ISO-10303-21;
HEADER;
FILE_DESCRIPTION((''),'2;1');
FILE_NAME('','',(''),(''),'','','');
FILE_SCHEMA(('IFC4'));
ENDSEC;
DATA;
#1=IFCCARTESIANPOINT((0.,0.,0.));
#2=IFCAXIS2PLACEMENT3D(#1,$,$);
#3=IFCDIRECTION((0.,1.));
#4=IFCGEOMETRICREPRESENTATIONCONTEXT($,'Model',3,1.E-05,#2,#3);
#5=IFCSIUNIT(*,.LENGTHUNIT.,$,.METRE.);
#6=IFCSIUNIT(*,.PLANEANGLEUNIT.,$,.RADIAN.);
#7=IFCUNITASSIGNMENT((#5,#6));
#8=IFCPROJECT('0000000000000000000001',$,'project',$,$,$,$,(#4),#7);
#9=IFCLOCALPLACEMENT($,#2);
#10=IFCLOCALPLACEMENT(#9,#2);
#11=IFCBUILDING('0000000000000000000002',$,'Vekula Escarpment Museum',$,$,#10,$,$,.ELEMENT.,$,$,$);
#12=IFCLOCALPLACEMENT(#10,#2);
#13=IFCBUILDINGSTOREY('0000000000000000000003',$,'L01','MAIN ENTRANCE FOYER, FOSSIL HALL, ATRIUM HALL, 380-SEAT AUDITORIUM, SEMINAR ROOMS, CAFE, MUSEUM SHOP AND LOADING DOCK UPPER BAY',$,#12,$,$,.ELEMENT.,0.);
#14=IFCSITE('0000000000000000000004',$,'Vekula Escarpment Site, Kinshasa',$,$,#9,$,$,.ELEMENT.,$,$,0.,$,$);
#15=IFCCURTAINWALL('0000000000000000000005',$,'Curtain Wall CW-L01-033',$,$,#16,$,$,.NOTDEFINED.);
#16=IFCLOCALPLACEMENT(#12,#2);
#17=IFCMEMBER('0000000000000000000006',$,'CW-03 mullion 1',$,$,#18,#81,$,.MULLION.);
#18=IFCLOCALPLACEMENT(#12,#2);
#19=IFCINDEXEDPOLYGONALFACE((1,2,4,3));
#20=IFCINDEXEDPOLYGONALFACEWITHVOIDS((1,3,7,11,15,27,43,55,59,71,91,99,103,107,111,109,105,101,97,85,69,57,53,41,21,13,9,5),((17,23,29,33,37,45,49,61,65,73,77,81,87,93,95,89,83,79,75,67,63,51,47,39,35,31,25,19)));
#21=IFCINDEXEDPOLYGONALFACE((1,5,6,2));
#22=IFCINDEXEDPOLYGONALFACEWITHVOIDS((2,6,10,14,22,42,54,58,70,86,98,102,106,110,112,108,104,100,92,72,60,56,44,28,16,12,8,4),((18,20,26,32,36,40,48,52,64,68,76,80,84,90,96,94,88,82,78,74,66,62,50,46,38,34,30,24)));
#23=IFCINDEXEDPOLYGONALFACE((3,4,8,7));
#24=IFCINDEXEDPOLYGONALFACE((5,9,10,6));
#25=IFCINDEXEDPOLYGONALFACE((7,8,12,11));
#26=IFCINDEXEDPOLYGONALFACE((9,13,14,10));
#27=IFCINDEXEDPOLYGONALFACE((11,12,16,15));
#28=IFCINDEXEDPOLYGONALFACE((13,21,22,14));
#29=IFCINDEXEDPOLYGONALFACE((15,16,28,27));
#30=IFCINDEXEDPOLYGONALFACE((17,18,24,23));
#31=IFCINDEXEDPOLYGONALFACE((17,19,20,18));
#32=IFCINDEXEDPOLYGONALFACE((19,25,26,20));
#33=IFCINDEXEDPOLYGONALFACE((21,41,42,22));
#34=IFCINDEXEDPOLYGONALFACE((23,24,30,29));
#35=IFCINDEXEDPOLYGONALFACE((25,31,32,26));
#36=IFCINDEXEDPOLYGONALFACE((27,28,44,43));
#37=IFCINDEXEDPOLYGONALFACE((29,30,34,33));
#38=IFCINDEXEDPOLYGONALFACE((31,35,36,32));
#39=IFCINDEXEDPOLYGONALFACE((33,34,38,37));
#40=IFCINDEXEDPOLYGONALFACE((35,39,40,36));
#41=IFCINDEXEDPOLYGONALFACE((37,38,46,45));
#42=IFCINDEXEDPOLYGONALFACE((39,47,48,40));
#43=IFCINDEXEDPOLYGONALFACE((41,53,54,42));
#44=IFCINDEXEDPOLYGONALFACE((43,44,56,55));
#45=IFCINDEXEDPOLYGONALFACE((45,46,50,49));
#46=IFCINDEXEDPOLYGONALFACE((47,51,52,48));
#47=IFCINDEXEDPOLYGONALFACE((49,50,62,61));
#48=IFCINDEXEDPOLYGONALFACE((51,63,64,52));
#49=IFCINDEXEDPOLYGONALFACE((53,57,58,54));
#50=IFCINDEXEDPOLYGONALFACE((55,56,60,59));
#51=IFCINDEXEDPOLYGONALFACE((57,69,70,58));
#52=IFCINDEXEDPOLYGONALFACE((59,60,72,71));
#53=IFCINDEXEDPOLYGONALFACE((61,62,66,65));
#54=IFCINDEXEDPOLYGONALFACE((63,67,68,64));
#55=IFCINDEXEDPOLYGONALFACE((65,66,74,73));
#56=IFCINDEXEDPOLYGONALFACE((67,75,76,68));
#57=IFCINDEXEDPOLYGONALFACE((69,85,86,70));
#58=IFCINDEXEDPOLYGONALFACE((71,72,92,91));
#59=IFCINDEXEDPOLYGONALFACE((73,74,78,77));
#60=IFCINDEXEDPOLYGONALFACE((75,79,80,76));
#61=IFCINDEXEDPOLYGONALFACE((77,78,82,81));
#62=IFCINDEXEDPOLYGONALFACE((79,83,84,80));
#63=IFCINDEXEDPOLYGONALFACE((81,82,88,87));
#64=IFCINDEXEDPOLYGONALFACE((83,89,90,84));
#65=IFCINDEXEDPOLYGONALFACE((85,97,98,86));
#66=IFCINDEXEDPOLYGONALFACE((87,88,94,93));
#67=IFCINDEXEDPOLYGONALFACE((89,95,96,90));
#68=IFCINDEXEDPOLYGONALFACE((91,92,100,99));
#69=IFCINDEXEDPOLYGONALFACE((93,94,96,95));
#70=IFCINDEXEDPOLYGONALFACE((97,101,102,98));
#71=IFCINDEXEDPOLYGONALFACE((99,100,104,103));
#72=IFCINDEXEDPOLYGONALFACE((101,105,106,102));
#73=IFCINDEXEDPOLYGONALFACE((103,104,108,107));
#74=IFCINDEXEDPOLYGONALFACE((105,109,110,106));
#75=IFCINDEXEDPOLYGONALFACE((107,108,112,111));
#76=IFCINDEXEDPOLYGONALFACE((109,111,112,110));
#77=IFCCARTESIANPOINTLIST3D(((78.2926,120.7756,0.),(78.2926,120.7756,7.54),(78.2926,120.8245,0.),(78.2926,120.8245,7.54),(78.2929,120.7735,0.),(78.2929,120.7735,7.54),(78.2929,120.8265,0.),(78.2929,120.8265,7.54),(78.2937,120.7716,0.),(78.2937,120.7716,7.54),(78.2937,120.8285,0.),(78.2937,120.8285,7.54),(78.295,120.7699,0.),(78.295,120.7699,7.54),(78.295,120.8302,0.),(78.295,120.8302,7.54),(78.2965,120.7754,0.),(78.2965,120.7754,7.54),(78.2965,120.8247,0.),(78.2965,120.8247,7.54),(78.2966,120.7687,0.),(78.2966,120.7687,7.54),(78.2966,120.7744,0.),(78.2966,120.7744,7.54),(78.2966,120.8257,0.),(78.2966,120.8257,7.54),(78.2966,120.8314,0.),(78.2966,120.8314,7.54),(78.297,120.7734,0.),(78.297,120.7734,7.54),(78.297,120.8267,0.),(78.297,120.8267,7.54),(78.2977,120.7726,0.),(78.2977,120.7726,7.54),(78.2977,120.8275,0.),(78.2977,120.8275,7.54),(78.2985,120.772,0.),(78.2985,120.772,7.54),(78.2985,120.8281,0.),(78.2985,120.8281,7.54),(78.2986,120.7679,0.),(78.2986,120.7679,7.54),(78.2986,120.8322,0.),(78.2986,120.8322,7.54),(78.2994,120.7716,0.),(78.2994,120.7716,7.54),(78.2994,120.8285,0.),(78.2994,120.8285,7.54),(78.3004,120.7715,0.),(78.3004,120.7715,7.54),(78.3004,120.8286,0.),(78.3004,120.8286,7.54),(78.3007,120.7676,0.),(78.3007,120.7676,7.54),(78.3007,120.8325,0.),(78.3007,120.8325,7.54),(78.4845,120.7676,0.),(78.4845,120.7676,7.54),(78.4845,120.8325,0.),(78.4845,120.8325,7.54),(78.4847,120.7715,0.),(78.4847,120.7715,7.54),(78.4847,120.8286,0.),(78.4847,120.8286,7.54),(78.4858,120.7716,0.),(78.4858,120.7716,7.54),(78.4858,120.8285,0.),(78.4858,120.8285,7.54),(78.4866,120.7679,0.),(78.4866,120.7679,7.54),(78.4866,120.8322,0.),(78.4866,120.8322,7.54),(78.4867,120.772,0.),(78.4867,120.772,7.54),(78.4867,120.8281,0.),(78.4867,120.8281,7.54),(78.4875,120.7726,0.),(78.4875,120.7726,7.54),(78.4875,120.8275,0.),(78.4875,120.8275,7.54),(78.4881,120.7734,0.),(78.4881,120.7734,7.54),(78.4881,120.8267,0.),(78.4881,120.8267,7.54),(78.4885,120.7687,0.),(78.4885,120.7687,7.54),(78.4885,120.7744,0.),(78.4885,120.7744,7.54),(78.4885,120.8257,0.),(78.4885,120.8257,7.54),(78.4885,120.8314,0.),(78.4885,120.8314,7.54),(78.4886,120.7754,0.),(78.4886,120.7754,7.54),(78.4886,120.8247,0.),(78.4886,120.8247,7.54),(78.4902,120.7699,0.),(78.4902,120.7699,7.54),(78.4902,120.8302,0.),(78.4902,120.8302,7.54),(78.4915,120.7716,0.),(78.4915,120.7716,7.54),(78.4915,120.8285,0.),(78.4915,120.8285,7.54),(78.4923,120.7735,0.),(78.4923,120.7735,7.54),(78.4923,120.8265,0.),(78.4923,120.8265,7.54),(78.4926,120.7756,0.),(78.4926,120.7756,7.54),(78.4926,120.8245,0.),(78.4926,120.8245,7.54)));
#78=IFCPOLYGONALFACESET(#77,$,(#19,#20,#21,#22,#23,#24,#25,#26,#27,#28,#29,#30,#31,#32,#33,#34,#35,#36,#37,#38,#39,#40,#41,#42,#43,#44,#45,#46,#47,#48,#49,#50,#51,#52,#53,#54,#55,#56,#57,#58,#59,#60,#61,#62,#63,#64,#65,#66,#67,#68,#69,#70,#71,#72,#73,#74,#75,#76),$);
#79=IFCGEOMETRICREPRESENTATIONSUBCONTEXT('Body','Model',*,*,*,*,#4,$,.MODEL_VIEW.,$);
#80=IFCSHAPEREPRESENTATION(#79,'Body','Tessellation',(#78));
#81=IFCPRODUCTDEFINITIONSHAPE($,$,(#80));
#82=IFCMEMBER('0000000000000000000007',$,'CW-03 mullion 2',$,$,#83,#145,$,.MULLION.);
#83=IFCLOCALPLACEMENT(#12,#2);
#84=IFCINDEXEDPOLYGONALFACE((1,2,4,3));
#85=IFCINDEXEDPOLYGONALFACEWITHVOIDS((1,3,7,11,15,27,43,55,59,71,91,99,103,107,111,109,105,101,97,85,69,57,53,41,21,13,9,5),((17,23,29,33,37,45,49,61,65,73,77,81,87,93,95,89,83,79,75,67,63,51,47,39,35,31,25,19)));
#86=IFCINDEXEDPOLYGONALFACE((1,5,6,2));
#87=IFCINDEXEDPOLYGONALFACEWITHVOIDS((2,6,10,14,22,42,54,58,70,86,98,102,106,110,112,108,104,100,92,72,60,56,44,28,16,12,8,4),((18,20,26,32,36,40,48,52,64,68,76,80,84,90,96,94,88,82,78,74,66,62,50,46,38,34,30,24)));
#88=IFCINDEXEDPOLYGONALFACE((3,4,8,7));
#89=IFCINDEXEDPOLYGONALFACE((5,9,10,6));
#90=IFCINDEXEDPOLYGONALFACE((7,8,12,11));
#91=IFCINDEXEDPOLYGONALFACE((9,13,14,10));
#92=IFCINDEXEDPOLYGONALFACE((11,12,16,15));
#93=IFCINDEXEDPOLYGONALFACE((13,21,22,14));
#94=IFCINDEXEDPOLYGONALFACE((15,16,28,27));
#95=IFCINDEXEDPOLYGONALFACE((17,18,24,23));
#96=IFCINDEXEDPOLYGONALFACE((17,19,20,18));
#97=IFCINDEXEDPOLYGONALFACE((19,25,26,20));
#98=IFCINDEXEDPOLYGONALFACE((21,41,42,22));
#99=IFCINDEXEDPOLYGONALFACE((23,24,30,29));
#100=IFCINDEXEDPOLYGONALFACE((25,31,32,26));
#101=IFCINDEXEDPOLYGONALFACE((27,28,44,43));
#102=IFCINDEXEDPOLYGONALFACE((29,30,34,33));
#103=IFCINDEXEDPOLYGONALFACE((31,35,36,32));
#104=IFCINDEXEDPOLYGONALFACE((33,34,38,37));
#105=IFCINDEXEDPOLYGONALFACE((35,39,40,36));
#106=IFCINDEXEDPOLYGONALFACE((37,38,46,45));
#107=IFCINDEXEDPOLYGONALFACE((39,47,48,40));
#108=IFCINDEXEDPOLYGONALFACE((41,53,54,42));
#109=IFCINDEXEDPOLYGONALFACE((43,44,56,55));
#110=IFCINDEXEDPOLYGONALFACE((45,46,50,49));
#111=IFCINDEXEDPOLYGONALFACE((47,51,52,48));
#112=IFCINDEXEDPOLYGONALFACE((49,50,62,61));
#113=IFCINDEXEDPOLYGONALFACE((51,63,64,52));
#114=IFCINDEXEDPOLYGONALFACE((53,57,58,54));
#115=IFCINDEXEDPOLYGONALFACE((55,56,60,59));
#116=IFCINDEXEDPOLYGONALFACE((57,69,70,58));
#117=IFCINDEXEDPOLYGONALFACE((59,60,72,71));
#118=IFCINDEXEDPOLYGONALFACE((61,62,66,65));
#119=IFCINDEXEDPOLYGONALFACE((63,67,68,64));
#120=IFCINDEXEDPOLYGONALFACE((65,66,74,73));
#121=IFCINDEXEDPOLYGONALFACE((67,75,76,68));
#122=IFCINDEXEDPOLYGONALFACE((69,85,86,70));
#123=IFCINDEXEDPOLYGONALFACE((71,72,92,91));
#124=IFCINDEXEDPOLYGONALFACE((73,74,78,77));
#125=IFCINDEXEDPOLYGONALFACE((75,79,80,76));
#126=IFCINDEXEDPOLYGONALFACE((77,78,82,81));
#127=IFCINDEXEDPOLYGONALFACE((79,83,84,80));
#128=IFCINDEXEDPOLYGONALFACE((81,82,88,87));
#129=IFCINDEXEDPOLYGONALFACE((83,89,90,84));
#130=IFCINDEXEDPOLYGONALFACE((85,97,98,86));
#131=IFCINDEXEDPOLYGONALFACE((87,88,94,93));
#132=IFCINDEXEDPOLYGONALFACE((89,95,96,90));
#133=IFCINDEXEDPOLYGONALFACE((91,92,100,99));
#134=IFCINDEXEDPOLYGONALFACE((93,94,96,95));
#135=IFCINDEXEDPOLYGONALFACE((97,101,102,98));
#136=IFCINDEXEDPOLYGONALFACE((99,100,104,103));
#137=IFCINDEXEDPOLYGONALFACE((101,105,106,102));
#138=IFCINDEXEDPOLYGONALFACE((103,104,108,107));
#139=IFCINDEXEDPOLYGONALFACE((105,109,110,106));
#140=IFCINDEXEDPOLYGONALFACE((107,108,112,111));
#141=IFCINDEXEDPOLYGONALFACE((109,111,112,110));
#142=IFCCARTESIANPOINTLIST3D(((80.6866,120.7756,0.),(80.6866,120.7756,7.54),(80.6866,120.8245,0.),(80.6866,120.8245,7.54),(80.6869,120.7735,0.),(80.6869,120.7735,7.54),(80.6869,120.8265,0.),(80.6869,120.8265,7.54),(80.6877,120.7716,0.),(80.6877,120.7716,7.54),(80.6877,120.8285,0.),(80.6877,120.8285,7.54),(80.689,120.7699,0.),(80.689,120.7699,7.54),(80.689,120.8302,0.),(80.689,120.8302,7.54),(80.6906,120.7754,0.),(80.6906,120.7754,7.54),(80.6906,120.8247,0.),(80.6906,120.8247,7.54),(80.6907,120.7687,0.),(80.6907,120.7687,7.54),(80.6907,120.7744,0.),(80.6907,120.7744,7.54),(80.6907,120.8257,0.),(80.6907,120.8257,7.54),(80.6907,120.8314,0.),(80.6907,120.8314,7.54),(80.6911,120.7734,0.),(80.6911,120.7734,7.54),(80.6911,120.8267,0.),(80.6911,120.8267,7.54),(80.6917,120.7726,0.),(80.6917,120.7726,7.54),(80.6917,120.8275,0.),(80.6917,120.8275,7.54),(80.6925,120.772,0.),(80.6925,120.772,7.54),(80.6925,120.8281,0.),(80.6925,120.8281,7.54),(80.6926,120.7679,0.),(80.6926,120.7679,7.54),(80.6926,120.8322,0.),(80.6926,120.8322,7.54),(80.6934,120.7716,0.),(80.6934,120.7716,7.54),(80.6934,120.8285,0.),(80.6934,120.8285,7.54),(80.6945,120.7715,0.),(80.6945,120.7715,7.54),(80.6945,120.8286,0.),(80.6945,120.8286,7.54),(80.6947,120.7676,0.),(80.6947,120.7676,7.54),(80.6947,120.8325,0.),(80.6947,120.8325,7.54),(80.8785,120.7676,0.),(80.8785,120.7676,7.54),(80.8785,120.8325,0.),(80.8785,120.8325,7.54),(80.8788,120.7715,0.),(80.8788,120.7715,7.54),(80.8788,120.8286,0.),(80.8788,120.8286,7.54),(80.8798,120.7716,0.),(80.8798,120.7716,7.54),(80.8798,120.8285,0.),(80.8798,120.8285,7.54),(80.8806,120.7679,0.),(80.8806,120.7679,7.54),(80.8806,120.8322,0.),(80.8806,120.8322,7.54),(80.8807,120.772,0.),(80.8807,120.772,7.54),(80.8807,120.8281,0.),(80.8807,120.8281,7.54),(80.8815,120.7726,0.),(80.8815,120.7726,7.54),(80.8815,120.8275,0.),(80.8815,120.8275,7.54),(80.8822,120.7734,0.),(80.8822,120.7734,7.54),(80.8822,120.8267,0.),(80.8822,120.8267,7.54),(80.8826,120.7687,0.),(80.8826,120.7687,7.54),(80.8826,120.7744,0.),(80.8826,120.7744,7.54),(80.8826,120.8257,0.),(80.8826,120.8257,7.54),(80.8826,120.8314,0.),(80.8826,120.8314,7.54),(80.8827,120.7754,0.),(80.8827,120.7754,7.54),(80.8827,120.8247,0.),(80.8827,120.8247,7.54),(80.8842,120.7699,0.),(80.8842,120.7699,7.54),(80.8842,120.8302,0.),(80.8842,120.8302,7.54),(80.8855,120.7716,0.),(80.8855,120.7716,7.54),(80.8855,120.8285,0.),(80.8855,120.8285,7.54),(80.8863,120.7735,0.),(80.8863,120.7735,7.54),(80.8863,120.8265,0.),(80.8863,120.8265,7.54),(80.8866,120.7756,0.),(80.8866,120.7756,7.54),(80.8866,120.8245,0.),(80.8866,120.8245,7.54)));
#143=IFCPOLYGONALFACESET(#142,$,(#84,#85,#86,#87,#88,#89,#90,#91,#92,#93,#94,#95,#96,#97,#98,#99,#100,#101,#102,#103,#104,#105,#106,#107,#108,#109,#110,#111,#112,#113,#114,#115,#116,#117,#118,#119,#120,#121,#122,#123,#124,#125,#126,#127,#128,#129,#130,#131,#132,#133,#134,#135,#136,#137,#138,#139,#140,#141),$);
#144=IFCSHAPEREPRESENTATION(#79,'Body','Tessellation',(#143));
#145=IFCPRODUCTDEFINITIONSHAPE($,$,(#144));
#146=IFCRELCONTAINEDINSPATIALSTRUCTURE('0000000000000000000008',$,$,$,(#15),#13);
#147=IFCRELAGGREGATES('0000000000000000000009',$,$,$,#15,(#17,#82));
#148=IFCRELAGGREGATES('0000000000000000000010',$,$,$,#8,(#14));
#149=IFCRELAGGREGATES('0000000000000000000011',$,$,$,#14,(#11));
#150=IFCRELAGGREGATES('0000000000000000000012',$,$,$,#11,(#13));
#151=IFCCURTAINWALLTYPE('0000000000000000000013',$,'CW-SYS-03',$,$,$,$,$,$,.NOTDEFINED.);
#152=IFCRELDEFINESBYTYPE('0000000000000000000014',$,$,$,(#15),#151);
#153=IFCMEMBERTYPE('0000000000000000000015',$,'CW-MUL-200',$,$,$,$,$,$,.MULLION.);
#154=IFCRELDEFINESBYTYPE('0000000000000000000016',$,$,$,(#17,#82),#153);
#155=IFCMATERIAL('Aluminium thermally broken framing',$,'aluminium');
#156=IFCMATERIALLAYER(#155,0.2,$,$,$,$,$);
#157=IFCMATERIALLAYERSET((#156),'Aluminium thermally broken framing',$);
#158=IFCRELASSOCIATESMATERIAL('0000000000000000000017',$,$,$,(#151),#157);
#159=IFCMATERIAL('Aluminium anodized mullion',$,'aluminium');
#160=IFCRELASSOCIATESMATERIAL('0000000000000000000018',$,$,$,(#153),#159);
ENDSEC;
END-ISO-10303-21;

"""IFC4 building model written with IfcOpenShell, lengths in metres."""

from ifc_helpers import new_model, si_unit, direction, frame, origin, origin_2d, place, context, subcontext, project, spatial, hollow_rectangle, extrude, material, layer, layer_set, material_profile, profile_set, type_object, element, aggregate, save


model = new_model("IFC4")

# Units and contexts
model_context = context("Model", 3, precision=1e-05, world=origin(), true_north=direction((0.0, 1.0)))
body_context = subcontext(model_context, "Body", "Model", "MODEL_VIEW")
ifc_project = project(units=[si_unit("LENGTHUNIT", "METRE"), si_unit("PLANEANGLEUNIT", "RADIAN")], contexts=[model_context])

# Site, building, storey
site_placement = place(None, origin())
site = spatial("IfcSite", under=ifc_project, at=site_placement, Name="Vekula Escarpment Site, Kinshasa", CompositionType="ELEMENT", RefElevation=0.0)
building_placement = place(site_placement, origin())
building = spatial("IfcBuilding", under=site, at=building_placement, Name="Vekula Escarpment Museum", CompositionType="ELEMENT")
storey_placement = place(building_placement, origin())
storey = spatial("IfcBuildingStorey", under=building, at=storey_placement, Name="L01", Description="MAIN ENTRANCE FOYER, FOSSIL HALL, ATRIUM HALL, 380-SEAT AUDITORIUM, SEMINAR ROOMS, CAFE, MUSEUM SHOP AND LOADING DOCK UPPER BAY", CompositionType="ELEMENT", Elevation=0.0)

# Curtain wall, members
ifc_material_1 = material(Name="Aluminium thermally broken framing", Category="aluminium")
ifc_layer_1 = layer(ifc_material_1, 0.2)
ifc_layer_set_1 = layer_set([ifc_layer_1], Name="Aluminium thermally broken framing")
curtain_wall_type = type_object("IfcCurtainWallType", Name="CW-SYS-03", PredefinedType="NOTDEFINED", material=ifc_layer_set_1)
curtain_wall_placement = place(storey_placement, origin())
curtain_wall = element("IfcCurtainWall", 1, at=curtain_wall_placement, inside=storey, type_object=curtain_wall_type, Name="Curtain Wall CW-L01-033", PredefinedType="NOTDEFINED")
ifc_material_2 = material(Name="Aluminium anodized mullion", Category="aluminium")
ifc_material_profile_1 = material_profile(ifc_material_2, hollow_rectangle(XDim=0.0649, YDim=0.2, WallThickness=0.0039, InnerFilletRadius=0.0039, OuterFilletRadius=0.0081, at=origin_2d()), Name="ALU 200x65x4")
ifc_profile_set_1 = profile_set([ifc_material_profile_1], Name="Aluminium anodized mullion")
member_type_1 = type_object("IfcMemberType", Name="CW-MUL-200", PredefinedType="MULLION", material=ifc_profile_set_1)
member_1_placement = place(storey_placement, frame((78.3926, 120.8, 0.0), z_axis=(0.0, 0.0, 1.0), x_axis=(0.0, 1.0, 0.0)))
member_1 = element("IfcMember", 2, at=member_1_placement, type_object=member_type_1, Name="CW-03 mullion 1", PredefinedType="MULLION", context=body_context, shape_type="SweptSolid", body=[
    extrude(hollow_rectangle(XDim=0.0649, YDim=0.2, WallThickness=0.0039, InnerFilletRadius=0.0039, OuterFilletRadius=0.0081, at=origin_2d()), origin(), (0.0, 0.0, 1.0), 7.54),
])
member_2_placement = place(storey_placement, frame((80.7866, 120.8, 0.0), z_axis=(0.0, 0.0, 1.0), x_axis=(0.0, 1.0, 0.0)))
member_2 = element("IfcMember", 3, at=member_2_placement, type_object=member_type_1, Name="CW-03 mullion 2", PredefinedType="MULLION", context=body_context, shape_type="SweptSolid", body=[
    extrude(hollow_rectangle(XDim=0.0649, YDim=0.2, WallThickness=0.0039, InnerFilletRadius=0.0039, OuterFilletRadius=0.0081, at=origin_2d()), origin(), (0.0, 0.0, 1.0), 7.54),
])
aggregate(curtain_wall, [member_1, member_2])

save(model, "model.ifc")
